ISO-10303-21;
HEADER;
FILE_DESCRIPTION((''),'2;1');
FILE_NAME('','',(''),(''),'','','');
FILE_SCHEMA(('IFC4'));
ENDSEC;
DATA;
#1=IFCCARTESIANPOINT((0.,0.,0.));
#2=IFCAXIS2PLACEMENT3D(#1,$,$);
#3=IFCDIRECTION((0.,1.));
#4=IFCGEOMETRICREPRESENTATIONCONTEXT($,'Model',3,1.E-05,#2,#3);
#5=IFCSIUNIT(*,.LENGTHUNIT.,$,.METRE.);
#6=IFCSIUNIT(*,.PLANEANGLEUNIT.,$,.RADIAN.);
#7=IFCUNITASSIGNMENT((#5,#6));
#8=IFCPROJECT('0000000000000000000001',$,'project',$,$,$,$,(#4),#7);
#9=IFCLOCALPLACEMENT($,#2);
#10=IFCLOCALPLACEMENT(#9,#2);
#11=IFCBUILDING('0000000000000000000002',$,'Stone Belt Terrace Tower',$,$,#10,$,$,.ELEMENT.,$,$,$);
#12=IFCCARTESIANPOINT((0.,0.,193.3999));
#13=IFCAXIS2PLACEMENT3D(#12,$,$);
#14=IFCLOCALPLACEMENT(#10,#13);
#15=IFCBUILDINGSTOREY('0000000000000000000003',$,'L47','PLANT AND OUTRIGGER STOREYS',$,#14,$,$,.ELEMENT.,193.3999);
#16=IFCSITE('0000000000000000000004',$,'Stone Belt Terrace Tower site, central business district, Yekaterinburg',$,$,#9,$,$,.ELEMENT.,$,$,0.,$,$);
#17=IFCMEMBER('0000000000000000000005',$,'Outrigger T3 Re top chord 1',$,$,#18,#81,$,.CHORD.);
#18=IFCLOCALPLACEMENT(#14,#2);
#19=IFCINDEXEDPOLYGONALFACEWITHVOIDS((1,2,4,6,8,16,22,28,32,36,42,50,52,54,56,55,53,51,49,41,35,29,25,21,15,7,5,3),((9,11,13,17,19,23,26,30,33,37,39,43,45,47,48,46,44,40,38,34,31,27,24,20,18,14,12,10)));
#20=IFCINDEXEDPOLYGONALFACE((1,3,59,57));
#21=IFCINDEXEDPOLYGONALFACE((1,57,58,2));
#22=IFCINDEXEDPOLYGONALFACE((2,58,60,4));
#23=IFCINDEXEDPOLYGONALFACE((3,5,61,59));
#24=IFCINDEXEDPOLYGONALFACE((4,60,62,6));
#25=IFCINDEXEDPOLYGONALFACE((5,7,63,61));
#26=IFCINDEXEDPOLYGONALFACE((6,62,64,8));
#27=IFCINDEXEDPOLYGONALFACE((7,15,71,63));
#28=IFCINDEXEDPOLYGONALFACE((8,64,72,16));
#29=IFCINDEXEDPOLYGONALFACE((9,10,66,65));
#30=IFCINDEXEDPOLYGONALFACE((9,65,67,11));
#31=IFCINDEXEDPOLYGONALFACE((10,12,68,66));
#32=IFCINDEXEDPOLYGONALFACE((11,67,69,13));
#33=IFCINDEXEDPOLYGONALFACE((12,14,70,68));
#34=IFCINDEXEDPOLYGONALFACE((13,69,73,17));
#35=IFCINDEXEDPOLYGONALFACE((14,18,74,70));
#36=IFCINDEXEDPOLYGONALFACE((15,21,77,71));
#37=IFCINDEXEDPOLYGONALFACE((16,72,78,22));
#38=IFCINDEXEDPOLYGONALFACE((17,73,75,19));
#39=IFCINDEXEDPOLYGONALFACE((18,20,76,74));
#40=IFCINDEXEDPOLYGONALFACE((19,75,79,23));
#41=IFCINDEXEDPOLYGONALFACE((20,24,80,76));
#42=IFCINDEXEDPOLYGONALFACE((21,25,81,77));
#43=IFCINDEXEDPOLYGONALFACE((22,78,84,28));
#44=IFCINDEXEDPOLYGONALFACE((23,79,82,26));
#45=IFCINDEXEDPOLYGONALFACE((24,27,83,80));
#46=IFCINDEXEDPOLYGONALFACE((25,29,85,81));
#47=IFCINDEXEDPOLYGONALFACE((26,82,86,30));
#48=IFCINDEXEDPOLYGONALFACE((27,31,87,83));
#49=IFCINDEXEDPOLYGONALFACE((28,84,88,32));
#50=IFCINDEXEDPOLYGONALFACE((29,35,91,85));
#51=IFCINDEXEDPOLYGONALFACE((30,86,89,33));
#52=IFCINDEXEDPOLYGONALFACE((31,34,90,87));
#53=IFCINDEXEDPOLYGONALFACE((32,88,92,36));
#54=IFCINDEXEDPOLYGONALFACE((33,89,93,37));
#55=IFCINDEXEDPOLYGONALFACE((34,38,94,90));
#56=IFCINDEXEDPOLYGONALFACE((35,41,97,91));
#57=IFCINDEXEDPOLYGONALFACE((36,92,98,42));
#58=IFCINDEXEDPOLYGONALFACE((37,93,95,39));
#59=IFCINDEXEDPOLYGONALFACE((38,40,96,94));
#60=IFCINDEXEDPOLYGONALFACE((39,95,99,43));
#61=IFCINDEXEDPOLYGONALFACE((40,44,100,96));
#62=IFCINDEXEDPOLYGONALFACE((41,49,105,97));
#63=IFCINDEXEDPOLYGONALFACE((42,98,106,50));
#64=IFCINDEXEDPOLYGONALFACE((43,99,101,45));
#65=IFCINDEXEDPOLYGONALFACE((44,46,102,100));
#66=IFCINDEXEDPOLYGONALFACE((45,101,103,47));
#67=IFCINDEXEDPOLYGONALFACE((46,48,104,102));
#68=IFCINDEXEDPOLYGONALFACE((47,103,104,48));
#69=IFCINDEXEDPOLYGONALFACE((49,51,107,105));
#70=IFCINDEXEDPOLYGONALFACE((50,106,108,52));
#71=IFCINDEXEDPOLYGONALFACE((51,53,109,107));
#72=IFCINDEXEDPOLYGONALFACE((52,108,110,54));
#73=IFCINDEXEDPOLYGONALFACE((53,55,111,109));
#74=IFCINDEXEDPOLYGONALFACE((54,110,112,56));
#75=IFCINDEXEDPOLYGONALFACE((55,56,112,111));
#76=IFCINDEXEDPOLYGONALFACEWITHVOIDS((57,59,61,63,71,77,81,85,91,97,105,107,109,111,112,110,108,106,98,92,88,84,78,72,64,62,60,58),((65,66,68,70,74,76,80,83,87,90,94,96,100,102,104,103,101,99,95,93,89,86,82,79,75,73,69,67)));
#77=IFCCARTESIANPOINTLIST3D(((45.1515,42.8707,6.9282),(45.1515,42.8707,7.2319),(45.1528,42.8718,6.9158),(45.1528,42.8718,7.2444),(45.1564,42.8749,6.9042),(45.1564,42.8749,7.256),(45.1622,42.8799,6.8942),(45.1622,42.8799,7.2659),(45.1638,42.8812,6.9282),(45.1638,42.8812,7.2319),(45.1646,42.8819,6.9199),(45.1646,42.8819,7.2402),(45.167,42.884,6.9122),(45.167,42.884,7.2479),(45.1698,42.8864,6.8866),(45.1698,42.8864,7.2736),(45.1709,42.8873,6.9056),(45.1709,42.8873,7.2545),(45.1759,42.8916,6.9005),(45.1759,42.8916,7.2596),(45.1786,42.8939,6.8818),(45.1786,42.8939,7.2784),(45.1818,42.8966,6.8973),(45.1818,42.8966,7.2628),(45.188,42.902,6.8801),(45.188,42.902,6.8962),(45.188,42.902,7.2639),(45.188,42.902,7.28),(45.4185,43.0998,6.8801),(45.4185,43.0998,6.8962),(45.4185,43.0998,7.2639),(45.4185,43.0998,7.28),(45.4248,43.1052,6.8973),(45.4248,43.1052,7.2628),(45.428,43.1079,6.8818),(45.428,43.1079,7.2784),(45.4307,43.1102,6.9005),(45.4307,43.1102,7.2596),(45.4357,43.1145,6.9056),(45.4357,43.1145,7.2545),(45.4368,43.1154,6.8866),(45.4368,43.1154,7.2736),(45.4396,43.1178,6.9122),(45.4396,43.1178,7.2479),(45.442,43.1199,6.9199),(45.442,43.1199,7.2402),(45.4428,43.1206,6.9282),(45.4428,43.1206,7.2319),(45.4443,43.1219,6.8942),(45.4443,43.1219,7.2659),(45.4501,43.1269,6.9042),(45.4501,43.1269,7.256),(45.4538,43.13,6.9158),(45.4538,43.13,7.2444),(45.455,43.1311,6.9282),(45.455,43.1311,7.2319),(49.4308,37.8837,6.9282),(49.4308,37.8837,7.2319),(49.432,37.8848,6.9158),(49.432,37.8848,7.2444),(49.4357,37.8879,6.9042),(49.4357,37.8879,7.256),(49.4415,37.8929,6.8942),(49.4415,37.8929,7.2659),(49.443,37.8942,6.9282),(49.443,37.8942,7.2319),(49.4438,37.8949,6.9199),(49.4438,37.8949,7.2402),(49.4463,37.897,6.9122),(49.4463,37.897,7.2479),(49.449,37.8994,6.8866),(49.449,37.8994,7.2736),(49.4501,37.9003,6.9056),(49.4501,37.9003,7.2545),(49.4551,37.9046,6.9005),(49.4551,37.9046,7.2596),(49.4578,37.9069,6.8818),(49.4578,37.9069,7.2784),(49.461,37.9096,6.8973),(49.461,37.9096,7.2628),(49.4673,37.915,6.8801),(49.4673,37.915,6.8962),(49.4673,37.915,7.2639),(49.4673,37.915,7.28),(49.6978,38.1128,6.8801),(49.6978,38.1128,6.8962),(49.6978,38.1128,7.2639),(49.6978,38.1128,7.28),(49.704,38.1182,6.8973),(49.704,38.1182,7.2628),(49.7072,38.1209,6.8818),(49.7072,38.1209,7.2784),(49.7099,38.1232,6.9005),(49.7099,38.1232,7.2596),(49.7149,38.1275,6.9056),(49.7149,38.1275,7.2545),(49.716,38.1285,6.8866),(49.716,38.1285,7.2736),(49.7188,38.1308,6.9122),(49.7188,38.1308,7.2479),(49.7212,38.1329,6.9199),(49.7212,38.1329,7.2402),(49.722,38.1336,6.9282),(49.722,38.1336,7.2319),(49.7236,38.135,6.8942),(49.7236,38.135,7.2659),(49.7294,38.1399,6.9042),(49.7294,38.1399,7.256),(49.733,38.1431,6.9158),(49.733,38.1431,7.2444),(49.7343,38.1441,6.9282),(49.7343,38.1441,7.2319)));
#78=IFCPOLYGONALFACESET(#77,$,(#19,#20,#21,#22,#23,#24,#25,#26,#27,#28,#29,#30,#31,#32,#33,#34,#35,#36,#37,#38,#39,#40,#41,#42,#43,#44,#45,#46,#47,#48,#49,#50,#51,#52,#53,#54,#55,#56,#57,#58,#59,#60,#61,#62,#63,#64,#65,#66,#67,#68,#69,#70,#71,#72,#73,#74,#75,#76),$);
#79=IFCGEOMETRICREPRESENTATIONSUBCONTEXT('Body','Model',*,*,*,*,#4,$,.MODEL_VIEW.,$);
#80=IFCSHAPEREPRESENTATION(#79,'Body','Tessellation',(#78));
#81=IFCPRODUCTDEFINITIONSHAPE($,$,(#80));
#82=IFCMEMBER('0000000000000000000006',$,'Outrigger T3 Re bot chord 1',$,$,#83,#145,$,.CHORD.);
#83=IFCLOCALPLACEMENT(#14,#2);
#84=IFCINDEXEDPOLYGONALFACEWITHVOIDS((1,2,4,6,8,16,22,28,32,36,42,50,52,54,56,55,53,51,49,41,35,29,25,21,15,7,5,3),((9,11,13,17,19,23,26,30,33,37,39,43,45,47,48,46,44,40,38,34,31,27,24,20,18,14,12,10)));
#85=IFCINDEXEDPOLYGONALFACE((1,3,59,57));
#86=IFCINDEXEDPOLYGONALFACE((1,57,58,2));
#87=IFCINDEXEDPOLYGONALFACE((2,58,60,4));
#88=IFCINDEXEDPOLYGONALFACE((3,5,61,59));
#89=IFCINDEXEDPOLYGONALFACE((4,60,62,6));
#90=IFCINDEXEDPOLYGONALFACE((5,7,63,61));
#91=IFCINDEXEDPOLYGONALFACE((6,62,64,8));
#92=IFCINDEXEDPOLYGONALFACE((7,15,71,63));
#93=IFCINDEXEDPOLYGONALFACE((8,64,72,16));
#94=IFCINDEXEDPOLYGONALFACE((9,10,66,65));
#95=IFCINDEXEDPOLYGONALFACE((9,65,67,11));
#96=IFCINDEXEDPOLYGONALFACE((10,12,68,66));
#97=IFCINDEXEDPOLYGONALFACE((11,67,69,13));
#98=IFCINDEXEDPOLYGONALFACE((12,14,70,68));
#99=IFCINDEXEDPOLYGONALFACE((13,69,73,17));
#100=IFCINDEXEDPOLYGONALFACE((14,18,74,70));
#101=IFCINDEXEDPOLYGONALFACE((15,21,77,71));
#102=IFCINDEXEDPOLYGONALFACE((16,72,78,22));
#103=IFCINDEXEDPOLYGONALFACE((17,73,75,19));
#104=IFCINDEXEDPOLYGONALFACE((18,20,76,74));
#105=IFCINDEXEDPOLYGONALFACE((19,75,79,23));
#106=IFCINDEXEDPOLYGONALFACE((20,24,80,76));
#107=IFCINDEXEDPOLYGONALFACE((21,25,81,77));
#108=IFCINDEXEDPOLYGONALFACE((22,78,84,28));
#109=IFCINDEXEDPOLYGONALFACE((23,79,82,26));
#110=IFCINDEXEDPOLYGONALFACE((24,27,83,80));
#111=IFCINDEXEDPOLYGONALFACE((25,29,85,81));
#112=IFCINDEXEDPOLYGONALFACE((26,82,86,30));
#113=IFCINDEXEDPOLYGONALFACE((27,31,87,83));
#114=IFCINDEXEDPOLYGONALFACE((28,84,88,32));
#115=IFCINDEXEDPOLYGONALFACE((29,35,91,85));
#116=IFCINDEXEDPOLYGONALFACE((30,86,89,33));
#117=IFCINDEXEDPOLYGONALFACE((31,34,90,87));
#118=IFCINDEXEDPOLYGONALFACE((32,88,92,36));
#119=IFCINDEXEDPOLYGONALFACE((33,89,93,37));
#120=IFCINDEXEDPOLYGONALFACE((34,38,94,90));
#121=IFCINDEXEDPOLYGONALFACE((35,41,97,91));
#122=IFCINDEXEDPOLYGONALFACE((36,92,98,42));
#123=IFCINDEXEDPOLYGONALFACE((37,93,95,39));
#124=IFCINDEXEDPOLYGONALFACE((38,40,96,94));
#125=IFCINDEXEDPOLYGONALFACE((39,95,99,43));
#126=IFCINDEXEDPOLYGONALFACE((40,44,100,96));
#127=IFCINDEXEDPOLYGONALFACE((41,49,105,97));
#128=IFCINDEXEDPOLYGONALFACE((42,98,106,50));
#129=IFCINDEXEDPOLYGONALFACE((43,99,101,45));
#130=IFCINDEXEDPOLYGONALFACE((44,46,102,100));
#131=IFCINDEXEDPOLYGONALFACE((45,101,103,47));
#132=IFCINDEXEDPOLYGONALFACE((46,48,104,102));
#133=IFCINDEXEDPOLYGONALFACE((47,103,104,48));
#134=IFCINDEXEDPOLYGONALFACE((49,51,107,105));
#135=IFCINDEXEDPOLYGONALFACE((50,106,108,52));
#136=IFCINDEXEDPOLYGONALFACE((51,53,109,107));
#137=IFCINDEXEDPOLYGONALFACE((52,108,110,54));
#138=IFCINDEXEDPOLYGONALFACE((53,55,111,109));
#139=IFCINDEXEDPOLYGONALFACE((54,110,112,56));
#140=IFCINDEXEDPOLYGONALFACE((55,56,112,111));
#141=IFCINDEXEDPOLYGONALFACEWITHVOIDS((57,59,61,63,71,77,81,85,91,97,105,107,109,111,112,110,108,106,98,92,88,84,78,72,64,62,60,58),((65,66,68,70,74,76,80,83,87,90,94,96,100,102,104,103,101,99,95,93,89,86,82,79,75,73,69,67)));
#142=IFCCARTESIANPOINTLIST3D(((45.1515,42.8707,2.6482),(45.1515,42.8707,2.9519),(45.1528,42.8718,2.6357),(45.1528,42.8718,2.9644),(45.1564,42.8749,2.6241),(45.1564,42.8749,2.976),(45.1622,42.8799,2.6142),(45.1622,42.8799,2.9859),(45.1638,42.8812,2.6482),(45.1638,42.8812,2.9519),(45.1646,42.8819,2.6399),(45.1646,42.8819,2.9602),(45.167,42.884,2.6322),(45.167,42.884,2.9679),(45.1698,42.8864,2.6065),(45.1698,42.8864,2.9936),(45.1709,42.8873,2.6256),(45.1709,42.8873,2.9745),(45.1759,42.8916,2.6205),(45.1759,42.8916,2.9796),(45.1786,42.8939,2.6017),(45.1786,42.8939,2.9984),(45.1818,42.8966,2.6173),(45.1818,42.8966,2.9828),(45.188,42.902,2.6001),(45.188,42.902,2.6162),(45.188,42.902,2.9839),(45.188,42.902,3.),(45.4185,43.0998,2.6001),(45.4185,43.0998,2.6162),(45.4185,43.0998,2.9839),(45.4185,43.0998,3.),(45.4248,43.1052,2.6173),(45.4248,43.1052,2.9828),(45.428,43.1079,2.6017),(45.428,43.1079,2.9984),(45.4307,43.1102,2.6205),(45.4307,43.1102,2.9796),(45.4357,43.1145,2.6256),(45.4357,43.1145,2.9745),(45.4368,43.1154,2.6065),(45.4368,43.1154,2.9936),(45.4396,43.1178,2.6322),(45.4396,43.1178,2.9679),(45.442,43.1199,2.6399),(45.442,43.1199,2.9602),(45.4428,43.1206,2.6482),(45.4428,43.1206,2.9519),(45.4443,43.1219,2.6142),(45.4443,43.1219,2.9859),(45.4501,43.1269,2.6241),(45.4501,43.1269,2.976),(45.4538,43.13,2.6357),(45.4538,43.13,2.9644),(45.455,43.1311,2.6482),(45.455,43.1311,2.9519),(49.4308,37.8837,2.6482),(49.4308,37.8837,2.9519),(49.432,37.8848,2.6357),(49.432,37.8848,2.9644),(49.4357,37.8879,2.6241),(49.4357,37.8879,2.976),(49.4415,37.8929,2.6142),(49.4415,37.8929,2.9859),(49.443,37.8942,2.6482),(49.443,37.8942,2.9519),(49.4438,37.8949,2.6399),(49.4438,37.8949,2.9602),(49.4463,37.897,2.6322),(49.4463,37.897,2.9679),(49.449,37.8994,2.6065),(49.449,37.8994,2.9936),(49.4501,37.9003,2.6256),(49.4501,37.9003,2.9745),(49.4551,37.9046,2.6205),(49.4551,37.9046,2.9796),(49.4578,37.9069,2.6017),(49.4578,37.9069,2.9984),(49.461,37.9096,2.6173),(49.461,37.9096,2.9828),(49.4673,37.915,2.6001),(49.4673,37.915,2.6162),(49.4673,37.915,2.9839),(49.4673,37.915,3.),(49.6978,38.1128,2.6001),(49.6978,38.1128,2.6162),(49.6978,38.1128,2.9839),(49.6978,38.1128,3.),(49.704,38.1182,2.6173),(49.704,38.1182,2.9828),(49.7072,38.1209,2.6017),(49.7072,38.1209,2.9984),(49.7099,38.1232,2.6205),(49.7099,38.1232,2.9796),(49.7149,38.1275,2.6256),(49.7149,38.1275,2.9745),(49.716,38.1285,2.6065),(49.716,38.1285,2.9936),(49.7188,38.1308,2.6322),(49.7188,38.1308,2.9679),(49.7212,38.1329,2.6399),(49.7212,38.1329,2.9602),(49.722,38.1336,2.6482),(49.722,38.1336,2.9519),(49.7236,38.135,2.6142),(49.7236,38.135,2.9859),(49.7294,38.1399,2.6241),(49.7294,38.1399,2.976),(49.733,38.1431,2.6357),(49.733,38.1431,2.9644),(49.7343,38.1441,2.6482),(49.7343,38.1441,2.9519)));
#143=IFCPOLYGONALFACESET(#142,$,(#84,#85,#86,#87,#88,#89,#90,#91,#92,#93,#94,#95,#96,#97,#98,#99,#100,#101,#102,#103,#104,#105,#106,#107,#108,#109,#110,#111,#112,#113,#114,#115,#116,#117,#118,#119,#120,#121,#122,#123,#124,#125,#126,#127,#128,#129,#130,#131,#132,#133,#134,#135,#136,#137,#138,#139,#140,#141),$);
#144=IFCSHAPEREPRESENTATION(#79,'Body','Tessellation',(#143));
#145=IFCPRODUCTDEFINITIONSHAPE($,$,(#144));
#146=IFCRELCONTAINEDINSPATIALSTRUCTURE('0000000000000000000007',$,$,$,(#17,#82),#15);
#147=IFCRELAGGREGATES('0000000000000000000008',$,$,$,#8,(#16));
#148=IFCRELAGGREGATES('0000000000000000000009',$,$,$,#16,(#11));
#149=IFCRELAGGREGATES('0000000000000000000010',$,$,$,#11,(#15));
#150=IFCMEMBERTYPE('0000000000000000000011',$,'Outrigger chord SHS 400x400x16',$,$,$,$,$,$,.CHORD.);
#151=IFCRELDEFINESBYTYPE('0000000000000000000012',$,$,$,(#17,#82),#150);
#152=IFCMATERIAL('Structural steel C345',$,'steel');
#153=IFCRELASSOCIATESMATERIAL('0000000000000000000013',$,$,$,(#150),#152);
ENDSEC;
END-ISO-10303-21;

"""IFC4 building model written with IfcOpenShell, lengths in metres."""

from ifc_helpers import new_model, si_unit, direction, frame, origin, origin_2d, place, context, subcontext, project, spatial, hollow_rectangle, extrude, material, material_profile, profile_set, type_object, element, save


model = new_model("IFC4")

# Units and contexts
model_context = context("Model", 3, precision=1e-05, world=origin(), true_north=direction((0.0, 1.0)))
body_context = subcontext(model_context, "Body", "Model", "MODEL_VIEW")
ifc_project = project(units=[si_unit("LENGTHUNIT", "METRE"), si_unit("PLANEANGLEUNIT", "RADIAN")], contexts=[model_context])

# Site, building, storey
site_placement = place(None, origin())
site = spatial("IfcSite", under=ifc_project, at=site_placement, Name="Stone Belt Terrace Tower site, central business district, Yekaterinburg", CompositionType="ELEMENT", RefElevation=0.0)
building_placement = place(site_placement, origin())
building = spatial("IfcBuilding", under=site, at=building_placement, Name="Stone Belt Terrace Tower", CompositionType="ELEMENT")
storey_placement = place(building_placement, frame((0.0, 0.0, 193.3999)))
storey = spatial("IfcBuildingStorey", under=building, at=storey_placement, Name="L47", Description="PLANT AND OUTRIGGER STOREYS", CompositionType="ELEMENT", Elevation=193.3999)

# Members
ifc_material_1 = material(Name="Structural steel C345", Category="steel")
ifc_material_profile_1 = material_profile(ifc_material_1, hollow_rectangle(XDim=0.3999, YDim=0.3999, WallThickness=0.0161, InnerFilletRadius=0.032, OuterFilletRadius=0.0481, at=origin_2d()), Name="SHS 400x400x16")
ifc_profile_set_1 = profile_set([ifc_material_profile_1], Name="Structural steel C345")
member_type_1 = type_object("IfcMemberType", Name="Outrigger chord SHS 400x400x16", PredefinedType="CHORD", material=ifc_profile_set_1)
for number, where, z_axis, x_axis, name in (
    (1, (49.5825, 38.0139, 7.0801), (-0.651201, 0.758905, 0.0), (-0.758905, -0.651201, 0.0), "Outrigger T3 Re top chord 1"),
    (2, (49.5825, 38.0139, 2.8), (-0.651201, 0.758905, 0.0), (-0.758905, -0.651201, 0.0), "Outrigger T3 Re bot chord 1"),
):
    element("IfcMember", number, at=place(storey_placement, frame(where, z_axis=z_axis, x_axis=x_axis)), inside=storey, type_object=member_type_1, Name=name, PredefinedType="CHORD", context=body_context, shape_type="SweptSolid", body=[
        extrude(hollow_rectangle(XDim=0.3999, YDim=0.3999, WallThickness=0.0161, InnerFilletRadius=0.032, OuterFilletRadius=0.0481, at=origin_2d()), origin(), (0.0, 0.0, 1.0), 6.5713),
    ])

save(model, "model.ifc")
